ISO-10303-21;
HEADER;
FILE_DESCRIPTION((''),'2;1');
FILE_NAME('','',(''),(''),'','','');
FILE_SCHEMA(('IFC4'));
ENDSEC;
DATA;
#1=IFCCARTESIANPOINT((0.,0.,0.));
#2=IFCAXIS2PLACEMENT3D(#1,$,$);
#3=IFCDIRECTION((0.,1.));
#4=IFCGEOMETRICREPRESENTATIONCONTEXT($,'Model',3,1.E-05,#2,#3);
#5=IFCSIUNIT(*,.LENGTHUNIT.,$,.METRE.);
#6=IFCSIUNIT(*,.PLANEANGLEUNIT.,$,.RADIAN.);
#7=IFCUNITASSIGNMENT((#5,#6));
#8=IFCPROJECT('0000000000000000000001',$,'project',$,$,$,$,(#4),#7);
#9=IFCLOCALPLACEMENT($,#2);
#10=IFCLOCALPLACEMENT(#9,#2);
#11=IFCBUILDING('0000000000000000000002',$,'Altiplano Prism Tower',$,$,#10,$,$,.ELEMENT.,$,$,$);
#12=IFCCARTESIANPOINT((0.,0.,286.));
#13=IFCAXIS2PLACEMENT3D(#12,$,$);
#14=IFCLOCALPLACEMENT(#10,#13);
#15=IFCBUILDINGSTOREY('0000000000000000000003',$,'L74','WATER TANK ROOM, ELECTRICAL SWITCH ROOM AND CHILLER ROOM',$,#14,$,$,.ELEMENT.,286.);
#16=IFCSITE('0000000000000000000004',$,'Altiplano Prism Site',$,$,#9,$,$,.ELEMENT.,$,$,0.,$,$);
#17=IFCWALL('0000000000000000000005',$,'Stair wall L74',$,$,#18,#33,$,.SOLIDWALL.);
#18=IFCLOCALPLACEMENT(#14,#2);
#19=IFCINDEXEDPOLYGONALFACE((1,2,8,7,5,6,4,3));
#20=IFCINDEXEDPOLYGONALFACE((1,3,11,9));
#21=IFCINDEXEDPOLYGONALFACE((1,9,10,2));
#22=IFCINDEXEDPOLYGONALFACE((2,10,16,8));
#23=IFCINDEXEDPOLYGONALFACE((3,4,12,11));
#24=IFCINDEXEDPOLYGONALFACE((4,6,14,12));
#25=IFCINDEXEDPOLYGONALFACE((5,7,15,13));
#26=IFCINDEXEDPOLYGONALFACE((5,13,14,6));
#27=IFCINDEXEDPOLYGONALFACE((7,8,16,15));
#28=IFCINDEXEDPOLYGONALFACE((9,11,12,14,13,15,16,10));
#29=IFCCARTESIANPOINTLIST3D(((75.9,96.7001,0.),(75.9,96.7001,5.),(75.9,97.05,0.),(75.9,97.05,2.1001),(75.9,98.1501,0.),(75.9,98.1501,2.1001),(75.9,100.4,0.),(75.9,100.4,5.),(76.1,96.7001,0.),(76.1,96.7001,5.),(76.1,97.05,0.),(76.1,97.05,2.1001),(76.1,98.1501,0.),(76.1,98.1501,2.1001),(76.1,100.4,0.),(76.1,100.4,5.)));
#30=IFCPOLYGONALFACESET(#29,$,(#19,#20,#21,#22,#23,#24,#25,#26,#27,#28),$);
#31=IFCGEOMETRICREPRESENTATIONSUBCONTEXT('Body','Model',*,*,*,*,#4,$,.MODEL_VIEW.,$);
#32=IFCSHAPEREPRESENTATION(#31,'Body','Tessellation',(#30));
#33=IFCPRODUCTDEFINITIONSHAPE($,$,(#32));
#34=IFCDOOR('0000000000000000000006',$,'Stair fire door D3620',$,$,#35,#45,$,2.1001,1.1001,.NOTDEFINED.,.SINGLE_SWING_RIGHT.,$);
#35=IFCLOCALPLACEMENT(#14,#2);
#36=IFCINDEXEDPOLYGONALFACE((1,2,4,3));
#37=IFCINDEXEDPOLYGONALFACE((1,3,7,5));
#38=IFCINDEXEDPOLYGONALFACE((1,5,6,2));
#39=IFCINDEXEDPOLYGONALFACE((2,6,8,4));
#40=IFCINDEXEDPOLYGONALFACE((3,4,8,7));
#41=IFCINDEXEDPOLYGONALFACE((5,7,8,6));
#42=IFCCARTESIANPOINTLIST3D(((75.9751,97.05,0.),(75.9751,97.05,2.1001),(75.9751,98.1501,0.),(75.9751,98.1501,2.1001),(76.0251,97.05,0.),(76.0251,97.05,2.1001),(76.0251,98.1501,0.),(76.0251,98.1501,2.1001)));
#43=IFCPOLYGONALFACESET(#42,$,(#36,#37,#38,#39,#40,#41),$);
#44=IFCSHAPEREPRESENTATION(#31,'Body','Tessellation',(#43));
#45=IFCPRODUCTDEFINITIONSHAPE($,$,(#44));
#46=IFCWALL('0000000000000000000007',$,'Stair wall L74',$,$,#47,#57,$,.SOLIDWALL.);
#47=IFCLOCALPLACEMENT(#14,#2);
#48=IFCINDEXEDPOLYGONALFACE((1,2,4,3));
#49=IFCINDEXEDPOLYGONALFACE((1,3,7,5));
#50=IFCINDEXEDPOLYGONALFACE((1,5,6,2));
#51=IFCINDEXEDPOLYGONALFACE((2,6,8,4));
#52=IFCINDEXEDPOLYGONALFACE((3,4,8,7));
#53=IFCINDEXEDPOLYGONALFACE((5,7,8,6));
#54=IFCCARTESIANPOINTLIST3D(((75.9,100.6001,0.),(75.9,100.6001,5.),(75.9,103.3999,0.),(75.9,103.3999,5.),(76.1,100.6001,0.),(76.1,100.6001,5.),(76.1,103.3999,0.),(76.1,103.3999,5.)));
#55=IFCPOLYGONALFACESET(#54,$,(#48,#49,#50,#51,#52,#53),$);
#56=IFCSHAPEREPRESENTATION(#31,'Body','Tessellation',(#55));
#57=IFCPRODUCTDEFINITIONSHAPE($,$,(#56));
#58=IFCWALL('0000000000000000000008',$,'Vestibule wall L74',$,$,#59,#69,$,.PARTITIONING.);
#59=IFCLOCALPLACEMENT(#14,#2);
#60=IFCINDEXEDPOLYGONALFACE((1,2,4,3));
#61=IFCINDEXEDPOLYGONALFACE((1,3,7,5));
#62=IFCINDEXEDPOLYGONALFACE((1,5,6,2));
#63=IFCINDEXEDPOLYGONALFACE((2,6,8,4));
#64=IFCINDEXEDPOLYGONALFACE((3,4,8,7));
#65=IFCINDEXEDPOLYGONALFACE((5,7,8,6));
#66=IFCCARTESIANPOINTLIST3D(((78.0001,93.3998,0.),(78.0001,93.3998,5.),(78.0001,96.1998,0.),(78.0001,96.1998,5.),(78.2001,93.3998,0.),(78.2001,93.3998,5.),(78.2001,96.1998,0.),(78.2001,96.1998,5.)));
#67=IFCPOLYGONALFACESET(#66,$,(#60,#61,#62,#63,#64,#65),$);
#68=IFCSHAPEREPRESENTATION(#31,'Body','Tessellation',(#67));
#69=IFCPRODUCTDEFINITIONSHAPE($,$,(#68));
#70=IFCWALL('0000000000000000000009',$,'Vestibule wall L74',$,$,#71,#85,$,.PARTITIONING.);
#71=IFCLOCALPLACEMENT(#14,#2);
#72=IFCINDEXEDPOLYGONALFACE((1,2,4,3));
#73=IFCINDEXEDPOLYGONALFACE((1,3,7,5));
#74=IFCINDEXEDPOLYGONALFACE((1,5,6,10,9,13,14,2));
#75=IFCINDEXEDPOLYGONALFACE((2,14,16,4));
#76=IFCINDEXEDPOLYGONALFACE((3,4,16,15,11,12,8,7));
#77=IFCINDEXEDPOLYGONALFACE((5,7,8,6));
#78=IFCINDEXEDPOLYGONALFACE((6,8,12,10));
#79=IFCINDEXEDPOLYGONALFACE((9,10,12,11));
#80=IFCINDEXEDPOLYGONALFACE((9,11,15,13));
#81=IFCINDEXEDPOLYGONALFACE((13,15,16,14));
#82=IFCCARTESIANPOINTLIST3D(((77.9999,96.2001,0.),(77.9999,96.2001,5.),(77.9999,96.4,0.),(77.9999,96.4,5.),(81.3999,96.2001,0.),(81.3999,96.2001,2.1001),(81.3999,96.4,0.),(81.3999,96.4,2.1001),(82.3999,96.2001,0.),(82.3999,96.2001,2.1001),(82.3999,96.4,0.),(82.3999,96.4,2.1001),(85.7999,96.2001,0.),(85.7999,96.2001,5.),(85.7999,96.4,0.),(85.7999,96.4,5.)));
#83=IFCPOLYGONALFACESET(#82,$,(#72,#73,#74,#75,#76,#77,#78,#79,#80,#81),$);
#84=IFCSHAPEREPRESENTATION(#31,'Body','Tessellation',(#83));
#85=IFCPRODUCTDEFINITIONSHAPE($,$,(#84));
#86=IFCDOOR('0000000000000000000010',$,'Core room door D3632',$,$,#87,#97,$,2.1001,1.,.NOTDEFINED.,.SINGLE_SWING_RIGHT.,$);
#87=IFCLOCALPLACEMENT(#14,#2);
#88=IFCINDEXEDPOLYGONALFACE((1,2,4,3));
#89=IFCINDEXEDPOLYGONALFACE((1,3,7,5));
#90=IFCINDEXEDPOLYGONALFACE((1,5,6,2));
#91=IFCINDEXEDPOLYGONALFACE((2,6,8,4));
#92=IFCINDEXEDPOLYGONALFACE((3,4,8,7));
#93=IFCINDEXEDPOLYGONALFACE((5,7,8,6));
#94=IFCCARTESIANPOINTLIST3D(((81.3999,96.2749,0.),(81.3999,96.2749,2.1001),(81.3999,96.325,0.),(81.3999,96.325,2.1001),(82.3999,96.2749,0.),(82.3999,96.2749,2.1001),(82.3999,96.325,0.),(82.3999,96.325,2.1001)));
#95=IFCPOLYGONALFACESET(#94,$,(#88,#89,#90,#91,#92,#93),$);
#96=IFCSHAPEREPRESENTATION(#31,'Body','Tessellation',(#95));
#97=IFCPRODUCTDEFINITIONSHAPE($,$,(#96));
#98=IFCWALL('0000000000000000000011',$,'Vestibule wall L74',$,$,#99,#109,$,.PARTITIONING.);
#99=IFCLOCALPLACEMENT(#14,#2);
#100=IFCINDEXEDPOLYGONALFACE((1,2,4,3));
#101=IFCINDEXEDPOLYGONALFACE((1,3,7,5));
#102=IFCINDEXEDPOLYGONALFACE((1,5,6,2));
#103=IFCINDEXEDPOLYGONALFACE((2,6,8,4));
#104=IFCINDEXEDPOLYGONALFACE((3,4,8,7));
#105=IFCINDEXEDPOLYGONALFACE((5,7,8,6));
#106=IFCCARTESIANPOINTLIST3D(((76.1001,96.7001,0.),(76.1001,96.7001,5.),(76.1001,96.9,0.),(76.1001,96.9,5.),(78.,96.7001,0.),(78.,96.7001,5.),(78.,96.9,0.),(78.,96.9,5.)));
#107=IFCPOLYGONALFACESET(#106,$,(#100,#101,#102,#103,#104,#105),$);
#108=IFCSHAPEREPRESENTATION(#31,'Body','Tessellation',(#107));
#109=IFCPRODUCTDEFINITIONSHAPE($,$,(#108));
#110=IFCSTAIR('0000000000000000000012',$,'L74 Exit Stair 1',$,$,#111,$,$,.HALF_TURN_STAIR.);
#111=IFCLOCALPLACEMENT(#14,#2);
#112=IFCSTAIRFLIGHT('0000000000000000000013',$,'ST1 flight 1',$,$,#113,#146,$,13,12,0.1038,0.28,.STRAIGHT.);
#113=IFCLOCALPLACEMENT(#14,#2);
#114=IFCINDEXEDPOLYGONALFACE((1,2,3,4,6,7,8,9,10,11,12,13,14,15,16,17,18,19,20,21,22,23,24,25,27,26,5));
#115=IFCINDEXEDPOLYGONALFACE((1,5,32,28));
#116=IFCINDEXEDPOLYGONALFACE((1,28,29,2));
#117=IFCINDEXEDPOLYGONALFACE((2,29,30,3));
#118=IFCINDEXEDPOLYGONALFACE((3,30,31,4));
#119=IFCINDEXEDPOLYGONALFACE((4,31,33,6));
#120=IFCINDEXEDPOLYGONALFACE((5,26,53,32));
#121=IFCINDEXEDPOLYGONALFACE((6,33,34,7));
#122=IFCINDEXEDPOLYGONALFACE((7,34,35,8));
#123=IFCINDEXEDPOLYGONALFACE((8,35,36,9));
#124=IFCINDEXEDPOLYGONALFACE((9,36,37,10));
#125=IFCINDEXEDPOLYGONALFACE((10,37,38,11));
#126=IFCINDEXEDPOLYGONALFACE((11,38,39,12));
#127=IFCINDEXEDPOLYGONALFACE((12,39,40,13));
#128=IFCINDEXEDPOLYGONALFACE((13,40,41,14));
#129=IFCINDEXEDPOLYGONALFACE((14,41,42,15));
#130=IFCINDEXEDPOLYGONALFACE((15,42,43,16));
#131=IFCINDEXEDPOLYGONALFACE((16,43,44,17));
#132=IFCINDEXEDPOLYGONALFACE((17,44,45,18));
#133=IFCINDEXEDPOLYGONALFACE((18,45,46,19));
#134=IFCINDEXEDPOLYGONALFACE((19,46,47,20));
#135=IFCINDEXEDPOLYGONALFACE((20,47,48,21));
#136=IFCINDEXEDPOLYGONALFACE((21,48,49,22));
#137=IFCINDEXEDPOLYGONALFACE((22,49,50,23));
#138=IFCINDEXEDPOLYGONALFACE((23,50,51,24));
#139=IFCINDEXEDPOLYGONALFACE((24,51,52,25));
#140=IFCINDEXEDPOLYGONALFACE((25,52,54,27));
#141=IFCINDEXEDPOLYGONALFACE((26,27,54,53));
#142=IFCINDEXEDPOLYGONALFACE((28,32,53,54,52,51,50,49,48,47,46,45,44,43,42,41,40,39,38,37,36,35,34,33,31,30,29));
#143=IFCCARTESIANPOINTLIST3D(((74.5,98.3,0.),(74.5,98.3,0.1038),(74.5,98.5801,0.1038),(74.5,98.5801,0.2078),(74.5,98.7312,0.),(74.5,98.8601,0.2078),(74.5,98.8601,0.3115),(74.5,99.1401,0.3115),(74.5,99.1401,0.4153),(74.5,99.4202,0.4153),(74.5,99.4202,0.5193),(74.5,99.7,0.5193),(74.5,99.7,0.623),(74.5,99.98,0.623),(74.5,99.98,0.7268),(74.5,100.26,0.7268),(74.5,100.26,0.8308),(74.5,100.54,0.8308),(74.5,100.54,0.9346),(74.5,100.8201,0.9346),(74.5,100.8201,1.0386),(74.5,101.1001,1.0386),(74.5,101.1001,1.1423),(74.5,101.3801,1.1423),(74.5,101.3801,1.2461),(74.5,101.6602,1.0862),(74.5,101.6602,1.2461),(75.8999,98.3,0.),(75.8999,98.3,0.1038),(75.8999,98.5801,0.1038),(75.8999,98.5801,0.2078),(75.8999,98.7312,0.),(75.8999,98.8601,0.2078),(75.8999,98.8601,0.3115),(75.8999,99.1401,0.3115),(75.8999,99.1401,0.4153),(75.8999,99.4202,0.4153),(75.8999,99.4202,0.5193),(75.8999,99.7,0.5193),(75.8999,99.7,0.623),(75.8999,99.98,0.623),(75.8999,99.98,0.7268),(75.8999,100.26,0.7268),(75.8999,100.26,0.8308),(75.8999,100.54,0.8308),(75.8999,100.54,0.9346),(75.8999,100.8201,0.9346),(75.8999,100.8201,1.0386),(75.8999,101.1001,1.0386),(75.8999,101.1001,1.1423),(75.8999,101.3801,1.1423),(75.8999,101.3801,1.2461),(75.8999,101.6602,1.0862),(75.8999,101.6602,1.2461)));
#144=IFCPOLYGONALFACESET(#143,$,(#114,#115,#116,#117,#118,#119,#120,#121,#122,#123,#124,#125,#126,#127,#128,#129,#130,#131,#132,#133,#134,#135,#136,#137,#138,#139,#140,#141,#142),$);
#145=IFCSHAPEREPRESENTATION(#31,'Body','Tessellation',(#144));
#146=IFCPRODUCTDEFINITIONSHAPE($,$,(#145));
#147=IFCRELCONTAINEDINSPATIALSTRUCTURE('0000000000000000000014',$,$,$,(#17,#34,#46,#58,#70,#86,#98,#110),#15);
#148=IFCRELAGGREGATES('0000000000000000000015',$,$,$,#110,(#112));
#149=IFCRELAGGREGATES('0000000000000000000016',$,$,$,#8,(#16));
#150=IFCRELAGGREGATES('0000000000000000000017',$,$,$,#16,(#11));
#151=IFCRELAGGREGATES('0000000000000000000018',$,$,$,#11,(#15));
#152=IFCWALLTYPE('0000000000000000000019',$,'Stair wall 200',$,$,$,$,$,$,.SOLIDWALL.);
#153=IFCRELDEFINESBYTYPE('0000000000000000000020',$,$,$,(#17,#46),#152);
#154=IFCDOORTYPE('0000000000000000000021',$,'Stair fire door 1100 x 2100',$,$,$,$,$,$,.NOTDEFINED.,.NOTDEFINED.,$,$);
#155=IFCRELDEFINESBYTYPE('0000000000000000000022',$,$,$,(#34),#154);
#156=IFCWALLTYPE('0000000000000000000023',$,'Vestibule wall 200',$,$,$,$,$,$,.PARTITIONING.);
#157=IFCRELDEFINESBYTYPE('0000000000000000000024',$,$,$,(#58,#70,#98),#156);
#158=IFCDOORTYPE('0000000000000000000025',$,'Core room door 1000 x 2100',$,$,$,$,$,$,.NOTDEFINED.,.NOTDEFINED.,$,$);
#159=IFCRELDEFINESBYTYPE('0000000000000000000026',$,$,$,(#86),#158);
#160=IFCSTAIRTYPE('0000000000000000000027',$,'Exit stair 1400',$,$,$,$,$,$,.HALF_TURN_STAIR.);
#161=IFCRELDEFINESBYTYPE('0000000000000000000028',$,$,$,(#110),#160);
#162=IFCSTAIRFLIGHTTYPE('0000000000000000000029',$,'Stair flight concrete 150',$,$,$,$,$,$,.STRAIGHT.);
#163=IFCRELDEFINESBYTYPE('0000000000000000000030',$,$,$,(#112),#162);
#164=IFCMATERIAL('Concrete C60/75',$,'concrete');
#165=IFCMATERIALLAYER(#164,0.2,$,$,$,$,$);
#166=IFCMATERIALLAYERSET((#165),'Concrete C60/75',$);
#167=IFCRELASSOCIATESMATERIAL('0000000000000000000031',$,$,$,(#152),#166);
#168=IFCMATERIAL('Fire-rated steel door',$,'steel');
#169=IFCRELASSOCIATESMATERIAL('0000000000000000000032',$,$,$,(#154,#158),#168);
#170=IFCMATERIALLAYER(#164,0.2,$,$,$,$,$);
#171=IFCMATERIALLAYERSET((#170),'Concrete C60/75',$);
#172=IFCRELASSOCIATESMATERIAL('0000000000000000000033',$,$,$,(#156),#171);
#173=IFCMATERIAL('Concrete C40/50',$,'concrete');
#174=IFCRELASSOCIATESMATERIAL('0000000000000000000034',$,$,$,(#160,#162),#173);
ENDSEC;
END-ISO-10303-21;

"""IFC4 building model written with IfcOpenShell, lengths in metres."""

from ifc_helpers import new_model, si_unit, direction, frame, frame_2d, origin, place, context, subcontext, project, spatial, polyline, rectangle, outline, extrude, material, layer, layer_set, type_object, element, fill, aggregate, save


model = new_model("IFC4")

# Units and contexts
model_context = context("Model", 3, precision=1e-05, world=origin(), true_north=direction((0.0, 1.0)))
body_context = subcontext(model_context, "Body", "Model", "MODEL_VIEW")
ifc_project = project(units=[si_unit("LENGTHUNIT", "METRE"), si_unit("PLANEANGLEUNIT", "RADIAN")], contexts=[model_context])

# Site, building, storey
site_placement = place(None, origin())
site = spatial("IfcSite", under=ifc_project, at=site_placement, Name="Altiplano Prism Site", CompositionType="ELEMENT", RefElevation=0.0)
building_placement = place(site_placement, origin())
building = spatial("IfcBuilding", under=site, at=building_placement, Name="Altiplano Prism Tower", CompositionType="ELEMENT")
storey_placement = place(building_placement, frame((0.0, 0.0, 286.0)))
storey = spatial("IfcBuildingStorey", under=building, at=storey_placement, Name="L74", Description="WATER TANK ROOM, ELECTRICAL SWITCH ROOM AND CHILLER ROOM", CompositionType="ELEMENT", Elevation=286.0)

# Wall, opening, door
ifc_material_1 = material(Name="Concrete C60/75", Category="concrete")
ifc_layer_1 = layer(ifc_material_1, 0.2)
ifc_layer_set_1 = layer_set([ifc_layer_1], Name="Concrete C60/75")
wall_type_1 = type_object("IfcWallType", Name="Stair wall 200", PredefinedType="SOLIDWALL", material=ifc_layer_set_1)
wall_1_placement = place(storey_placement, frame((76.0, 96.7, 0.0), z_axis=(0.0, 0.0, 1.0), x_axis=(0.0, 1.0, 0.0)))
wall_1 = element("IfcWall", 1, at=wall_1_placement, inside=storey, type_object=wall_type_1, Name="Stair wall L74", PredefinedType="SOLIDWALL", context=body_context, shape_type="SweptSolid", body=[
    extrude(rectangle(XDim=3.7, YDim=0.2, at=frame_2d((1.8501, 0.0))), origin(), (0.0, 0.0, 1.0), 5.0),
])
opening_1_placement = place(wall_1_placement, frame((0.3501, 0.0, 0.0)))
opening_1 = element("IfcOpeningElement", 2, at=opening_1_placement, cuts=wall_1, PredefinedType="OPENING", context=body_context, shape_type="SweptSolid", body=[
    extrude(rectangle(XDim=1.1001, YDim=2.1001, at=frame_2d((0.55, 1.05))), frame((0.0, 0.1104, 0.0), z_axis=(0.0, -1.0, 0.0), x_axis=(1.0, 0.0, 0.0)), (0.0, 0.0, 1.0), 0.2209),
])
ifc_material_2 = material(Name="Fire-rated steel door", Category="steel")
door_type_1 = type_object("IfcDoorType", Name="Stair fire door 1100 x 2100", OperationType="NOTDEFINED", PredefinedType="NOTDEFINED", material=ifc_material_2)
door_1_placement = place(opening_1_placement, origin())
door_1 = element("IfcDoor", 3, at=door_1_placement, inside=storey, type_object=door_type_1, Name="Stair fire door D3620", OperationType="SINGLE_SWING_RIGHT", OverallHeight=2.1001, OverallWidth=1.1001, PredefinedType="NOTDEFINED", context=body_context, shape_type="SweptSolid", body=[
    extrude(rectangle(XDim=1.1001, YDim=2.1001, at=frame_2d((0.55, 1.05))), frame((0.0, 0.0249, 0.0), z_axis=(0.0, -1.0, 0.0), x_axis=(1.0, 0.0, 0.0)), (0.0, 0.0, 1.0), 0.05),
])
fill(opening_1, door_1)

# Shared definitions
door_type_2 = type_object("IfcDoorType", Name="Core room door 1000 x 2100", OperationType="NOTDEFINED", PredefinedType="NOTDEFINED", material=ifc_material_2)

# Walls
wall_2_placement = place(storey_placement, frame((76.0, 100.6001, 0.0), z_axis=(0.0, 0.0, 1.0), x_axis=(0.0, 1.0, 0.0)))
element("IfcWall", 4, at=wall_2_placement, inside=storey, type_object=wall_type_1, Name="Stair wall L74", PredefinedType="SOLIDWALL", context=body_context, shape_type="SweptSolid", body=[
    extrude(rectangle(XDim=2.7998, YDim=0.2, at=frame_2d((1.3999, 0.0))), origin(), (0.0, 0.0, 1.0), 5.0),
])
ifc_layer_2 = layer(ifc_material_1, 0.2)
ifc_layer_set_2 = layer_set([ifc_layer_2], Name="Concrete C60/75")
wall_type_2 = type_object("IfcWallType", Name="Vestibule wall 200", PredefinedType="PARTITIONING", material=ifc_layer_set_2)
wall_3_placement = place(storey_placement, frame((78.1001, 93.3999, 0.0), z_axis=(0.0, 0.0, 1.0), x_axis=(0.0, 1.0, 0.0)))
element("IfcWall", 5, at=wall_3_placement, inside=storey, type_object=wall_type_2, Name="Vestibule wall L74", PredefinedType="PARTITIONING", context=body_context, shape_type="SweptSolid", body=[
    extrude(rectangle(XDim=2.8, YDim=0.2, at=frame_2d((1.3999, 0.0))), origin(), (0.0, 0.0, 1.0), 5.0),
])

# Wall, opening, door
wall_4_placement = place(storey_placement, frame((78.0, 96.3, 0.0), z_axis=(0.0, 0.0, 1.0), x_axis=(1.0, 0.0, 0.0)))
wall_4 = element("IfcWall", 6, at=wall_4_placement, inside=storey, type_object=wall_type_2, Name="Vestibule wall L74", PredefinedType="PARTITIONING", context=body_context, shape_type="SweptSolid", body=[
    extrude(rectangle(XDim=7.8, YDim=0.2, at=frame_2d((3.8999, 0.0))), origin(), (0.0, 0.0, 1.0), 5.0),
])
opening_2_placement = place(wall_4_placement, frame((3.3999, 0.0, 0.0)))
opening_2 = element("IfcOpeningElement", 7, at=opening_2_placement, cuts=wall_4, PredefinedType="OPENING", context=body_context, shape_type="SweptSolid", body=[
    extrude(rectangle(XDim=1.0, YDim=2.1001, at=frame_2d((0.5, 1.05))), frame((0.0, 0.1104, 0.0), z_axis=(0.0, -1.0, 0.0), x_axis=(1.0, 0.0, 0.0)), (0.0, 0.0, 1.0), 0.2209),
])
door_2_placement = place(opening_2_placement, origin())
door_2 = element("IfcDoor", 8, at=door_2_placement, inside=storey, type_object=door_type_2, Name="Core room door D3632", OperationType="SINGLE_SWING_RIGHT", OverallHeight=2.1001, OverallWidth=1.0, PredefinedType="NOTDEFINED", context=body_context, shape_type="SweptSolid", body=[
    extrude(rectangle(XDim=1.0, YDim=2.1001, at=frame_2d((0.5, 1.05))), frame((0.0, 0.0249, 0.0), z_axis=(0.0, -1.0, 0.0), x_axis=(1.0, 0.0, 0.0)), (0.0, 0.0, 1.0), 0.05),
])
fill(opening_2, door_2)

# Wall
wall_5_placement = place(storey_placement, frame((76.1001, 96.8, 0.0), z_axis=(0.0, 0.0, 1.0), x_axis=(1.0, 0.0, 0.0)))
element("IfcWall", 9, at=wall_5_placement, inside=storey, type_object=wall_type_2, Name="Vestibule wall L74", PredefinedType="PARTITIONING", context=body_context, shape_type="SweptSolid", body=[
    extrude(rectangle(XDim=1.8999, YDim=0.2, at=frame_2d((0.95, 0.0))), origin(), (0.0, 0.0, 1.0), 5.0),
])

# Stair, stair flight
ifc_material_3 = material(Name="Concrete C40/50", Category="concrete")
stair_type = type_object("IfcStairType", Name="Exit stair 1400", PredefinedType="HALF_TURN_STAIR", material=ifc_material_3)
stair_placement = place(storey_placement, origin())
stair = element("IfcStair", 10, at=stair_placement, inside=storey, type_object=stair_type, Name="L74 Exit Stair 1", PredefinedType="HALF_TURN_STAIR")
stair_flight_type = type_object("IfcStairFlightType", Name="Stair flight concrete 150", PredefinedType="STRAIGHT", material=ifc_material_3)
stair_flight_1_placement = place(storey_placement, frame((75.2, 98.3, 0.0), z_axis=(0.0, 0.0, 1.0), x_axis=(0.0, 1.0, 0.0)))
stair_flight_1 = element("IfcStairFlight", 11, at=stair_flight_1_placement, type_object=stair_flight_type, Name="ST1 flight 1", NumberOfRisers=13, NumberOfTreads=12, PredefinedType="STRAIGHT", RiserHeight=0.1038, TreadLength=0.28, context=body_context, shape_type="SweptSolid", body=[
    extrude(outline(polyline([(0.0, 0.0), (0.0, 0.1038), (0.28, 0.1038), (0.28, 0.2078), (0.5601, 0.2078), (0.5601, 0.3115), (0.8401, 0.3115), (0.8401, 0.4153), (1.1201, 0.4153), (1.1201, 0.5193), (1.3999, 0.5193), (1.3999, 0.623), (1.6799, 0.623), (1.6799, 0.7268), (1.96, 0.7268), (1.96, 0.8308), (2.24, 0.8308), (2.24, 0.9346), (2.52, 0.9346), (2.52, 1.0386), (2.8, 1.0386), (2.8, 1.1423), (3.0801, 1.1423), (3.0801, 1.2461), (3.3601, 1.2461), (3.3601, 1.3501), (3.3601, 1.0862), (0.4312, 0.0), (0.0, 0.0)])), frame((0.0, 0.7, 0.0), z_axis=(0.0, -1.0, 0.0), x_axis=(1.0, 0.0, 0.0)), (0.0, 0.0, 1.0), 1.3999),
])
aggregate(stair, [stair_flight_1])

save(model, "model.ifc")
